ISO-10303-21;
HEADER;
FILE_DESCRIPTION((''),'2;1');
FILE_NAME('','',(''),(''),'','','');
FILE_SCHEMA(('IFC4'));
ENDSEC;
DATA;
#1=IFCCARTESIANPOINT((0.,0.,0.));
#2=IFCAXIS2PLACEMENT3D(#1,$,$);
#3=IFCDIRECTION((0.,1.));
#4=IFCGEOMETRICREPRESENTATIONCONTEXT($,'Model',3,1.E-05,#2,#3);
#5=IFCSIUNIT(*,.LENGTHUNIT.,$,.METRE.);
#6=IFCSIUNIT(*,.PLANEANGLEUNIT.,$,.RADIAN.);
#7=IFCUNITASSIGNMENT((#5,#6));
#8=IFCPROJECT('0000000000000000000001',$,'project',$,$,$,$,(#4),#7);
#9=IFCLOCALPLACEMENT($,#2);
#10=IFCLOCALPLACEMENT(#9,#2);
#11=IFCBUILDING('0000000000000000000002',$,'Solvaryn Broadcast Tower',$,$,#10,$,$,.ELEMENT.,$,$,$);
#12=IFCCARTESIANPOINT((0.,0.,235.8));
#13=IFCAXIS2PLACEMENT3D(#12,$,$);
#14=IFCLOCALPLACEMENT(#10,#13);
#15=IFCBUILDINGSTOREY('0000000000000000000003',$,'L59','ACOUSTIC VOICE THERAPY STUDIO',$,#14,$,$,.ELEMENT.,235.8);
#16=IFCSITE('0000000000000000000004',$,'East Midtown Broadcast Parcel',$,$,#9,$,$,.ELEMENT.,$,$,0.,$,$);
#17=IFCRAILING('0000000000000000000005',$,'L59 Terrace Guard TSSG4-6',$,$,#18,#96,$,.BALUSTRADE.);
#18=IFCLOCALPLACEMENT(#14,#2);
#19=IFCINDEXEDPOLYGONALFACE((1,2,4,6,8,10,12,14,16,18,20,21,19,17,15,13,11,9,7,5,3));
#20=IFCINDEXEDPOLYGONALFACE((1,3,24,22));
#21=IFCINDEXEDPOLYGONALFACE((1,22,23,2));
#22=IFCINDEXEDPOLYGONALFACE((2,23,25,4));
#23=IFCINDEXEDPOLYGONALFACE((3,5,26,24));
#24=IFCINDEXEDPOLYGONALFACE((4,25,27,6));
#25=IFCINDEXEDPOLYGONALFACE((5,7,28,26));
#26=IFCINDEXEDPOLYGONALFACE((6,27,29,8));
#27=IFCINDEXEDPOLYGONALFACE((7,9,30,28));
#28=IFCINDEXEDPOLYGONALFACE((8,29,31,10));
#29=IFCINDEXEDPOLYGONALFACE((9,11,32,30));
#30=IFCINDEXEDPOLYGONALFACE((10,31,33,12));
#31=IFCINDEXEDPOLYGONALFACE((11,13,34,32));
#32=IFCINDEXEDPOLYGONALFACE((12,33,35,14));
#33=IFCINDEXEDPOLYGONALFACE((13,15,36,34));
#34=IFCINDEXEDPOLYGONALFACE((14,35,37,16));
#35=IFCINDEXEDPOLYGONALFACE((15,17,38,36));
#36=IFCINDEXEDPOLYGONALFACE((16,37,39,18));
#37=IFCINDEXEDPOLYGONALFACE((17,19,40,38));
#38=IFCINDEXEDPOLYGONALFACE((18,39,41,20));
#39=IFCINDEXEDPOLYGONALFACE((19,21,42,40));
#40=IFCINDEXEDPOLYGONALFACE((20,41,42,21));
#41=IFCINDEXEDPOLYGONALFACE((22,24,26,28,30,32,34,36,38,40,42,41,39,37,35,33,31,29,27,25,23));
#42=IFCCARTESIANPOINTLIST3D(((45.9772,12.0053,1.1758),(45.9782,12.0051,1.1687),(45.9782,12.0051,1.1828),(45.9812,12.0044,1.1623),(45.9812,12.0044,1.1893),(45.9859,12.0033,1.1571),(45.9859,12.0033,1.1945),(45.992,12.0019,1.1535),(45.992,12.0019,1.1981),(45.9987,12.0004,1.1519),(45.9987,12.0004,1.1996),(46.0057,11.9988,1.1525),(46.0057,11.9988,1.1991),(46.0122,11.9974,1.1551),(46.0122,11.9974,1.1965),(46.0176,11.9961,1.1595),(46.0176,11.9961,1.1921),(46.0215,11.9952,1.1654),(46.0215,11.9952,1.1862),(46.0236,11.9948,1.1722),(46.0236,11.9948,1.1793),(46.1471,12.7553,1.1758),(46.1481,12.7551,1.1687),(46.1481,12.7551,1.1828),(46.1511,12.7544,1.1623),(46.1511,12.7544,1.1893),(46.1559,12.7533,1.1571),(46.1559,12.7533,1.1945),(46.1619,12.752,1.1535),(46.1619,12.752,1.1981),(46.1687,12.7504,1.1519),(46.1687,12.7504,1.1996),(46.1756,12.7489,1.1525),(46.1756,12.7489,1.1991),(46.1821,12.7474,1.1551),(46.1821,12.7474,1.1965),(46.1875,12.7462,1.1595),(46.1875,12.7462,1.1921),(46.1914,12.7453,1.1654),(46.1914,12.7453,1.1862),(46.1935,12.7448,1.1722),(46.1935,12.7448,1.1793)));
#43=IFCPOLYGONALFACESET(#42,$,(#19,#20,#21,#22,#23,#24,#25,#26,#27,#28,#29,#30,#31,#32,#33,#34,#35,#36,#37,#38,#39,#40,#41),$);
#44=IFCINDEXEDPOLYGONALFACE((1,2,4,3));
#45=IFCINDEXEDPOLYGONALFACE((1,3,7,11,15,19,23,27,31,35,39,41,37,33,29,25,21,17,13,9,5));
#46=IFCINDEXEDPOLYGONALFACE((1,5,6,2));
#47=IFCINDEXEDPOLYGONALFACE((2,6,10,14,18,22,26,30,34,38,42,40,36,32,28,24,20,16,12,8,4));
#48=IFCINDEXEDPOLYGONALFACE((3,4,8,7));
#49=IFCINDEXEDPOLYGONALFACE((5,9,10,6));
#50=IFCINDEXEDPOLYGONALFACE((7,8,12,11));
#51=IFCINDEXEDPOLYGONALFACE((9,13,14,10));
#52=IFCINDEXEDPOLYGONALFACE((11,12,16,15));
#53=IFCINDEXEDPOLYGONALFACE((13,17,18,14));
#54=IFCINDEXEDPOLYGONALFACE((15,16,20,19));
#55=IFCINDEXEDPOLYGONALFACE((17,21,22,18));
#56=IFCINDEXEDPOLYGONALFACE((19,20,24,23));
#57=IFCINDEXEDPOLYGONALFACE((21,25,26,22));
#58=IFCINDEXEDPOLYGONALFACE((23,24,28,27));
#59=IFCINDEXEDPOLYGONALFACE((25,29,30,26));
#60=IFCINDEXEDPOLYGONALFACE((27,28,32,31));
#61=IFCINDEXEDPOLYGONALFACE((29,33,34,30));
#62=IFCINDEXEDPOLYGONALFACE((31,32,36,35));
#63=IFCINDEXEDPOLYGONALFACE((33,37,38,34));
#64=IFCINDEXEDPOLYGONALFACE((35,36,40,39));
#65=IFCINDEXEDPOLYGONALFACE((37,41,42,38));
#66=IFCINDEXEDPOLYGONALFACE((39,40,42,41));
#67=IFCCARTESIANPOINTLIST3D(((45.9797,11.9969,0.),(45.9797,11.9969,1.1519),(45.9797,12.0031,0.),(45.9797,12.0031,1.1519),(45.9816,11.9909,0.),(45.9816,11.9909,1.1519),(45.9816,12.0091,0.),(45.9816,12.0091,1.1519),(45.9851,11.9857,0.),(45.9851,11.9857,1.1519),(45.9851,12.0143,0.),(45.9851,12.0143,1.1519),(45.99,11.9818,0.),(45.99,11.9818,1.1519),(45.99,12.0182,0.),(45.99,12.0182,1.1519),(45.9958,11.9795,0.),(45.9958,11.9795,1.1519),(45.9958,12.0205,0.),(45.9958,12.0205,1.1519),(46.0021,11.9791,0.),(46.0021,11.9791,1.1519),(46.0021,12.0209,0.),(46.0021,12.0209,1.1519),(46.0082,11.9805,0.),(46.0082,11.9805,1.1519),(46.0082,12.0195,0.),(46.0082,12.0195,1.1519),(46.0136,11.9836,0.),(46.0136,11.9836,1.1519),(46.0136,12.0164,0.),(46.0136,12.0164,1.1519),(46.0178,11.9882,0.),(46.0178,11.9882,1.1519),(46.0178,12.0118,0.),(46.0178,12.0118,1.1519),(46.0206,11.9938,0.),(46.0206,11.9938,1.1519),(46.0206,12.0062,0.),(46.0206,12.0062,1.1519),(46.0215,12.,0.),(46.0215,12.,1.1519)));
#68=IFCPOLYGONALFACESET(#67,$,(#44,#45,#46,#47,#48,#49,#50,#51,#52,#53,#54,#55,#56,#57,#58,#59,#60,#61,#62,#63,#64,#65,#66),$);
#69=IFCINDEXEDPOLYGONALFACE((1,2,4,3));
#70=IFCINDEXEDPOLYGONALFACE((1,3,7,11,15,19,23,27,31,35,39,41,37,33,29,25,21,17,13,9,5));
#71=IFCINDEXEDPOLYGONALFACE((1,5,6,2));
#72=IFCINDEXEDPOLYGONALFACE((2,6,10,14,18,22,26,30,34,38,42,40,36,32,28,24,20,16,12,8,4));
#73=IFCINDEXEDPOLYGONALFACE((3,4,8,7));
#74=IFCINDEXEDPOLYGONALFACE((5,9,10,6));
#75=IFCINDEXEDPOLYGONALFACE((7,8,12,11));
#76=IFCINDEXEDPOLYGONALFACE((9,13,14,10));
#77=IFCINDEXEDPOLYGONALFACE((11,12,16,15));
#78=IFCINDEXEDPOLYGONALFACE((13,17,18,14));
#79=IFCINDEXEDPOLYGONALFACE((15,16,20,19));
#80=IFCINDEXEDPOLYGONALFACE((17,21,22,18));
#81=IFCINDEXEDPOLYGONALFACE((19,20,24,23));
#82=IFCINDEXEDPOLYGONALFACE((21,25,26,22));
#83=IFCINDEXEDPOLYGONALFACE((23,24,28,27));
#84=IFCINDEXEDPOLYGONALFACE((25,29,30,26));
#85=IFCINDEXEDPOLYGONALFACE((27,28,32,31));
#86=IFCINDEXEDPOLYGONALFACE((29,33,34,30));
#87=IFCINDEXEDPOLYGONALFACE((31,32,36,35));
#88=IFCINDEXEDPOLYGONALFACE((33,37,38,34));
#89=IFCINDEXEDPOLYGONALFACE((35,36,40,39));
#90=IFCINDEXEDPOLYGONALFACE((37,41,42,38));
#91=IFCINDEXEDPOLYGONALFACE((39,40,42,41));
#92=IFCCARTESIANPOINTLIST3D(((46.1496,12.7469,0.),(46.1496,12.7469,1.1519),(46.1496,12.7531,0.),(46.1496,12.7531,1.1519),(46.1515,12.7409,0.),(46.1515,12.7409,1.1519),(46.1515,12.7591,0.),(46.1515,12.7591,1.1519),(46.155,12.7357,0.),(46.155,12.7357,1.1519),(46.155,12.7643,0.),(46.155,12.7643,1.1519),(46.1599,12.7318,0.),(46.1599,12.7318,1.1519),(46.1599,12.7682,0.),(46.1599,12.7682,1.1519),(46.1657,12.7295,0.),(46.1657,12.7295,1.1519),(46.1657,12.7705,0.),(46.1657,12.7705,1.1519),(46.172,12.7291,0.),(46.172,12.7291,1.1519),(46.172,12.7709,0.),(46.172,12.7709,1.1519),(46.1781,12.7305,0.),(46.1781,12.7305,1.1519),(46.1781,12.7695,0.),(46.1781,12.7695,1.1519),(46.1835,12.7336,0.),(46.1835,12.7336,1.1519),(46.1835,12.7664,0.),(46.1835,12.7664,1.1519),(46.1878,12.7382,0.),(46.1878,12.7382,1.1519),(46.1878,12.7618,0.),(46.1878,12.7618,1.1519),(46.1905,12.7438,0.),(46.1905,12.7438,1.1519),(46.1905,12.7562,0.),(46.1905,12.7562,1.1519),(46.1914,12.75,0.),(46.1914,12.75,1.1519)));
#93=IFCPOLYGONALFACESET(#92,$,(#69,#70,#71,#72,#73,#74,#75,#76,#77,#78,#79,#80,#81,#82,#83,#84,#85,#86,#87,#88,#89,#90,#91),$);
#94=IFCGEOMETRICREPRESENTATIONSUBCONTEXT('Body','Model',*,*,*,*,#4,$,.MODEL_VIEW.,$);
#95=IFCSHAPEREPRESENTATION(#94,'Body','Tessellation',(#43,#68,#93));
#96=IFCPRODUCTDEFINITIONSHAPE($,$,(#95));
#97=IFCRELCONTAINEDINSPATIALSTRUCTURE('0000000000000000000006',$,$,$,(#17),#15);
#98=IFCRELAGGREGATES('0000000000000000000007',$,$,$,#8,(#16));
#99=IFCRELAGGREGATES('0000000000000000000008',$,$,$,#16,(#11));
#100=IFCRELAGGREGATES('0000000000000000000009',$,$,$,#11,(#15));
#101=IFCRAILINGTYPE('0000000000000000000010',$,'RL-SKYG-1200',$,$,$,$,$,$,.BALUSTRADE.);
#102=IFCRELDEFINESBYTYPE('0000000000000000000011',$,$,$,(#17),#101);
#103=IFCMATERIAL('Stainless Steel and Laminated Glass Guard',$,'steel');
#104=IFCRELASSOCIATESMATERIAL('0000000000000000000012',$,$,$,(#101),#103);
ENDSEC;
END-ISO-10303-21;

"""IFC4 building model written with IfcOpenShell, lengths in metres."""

from ifc_helpers import new_model, si_unit, direction, frame, origin, origin_2d, place, context, subcontext, project, spatial, circle, extrude, material, type_object, element, save


model = new_model("IFC4")

# Units and contexts
model_context = context("Model", 3, precision=1e-05, world=origin(), true_north=direction((0.0, 1.0)))
body_context = subcontext(model_context, "Body", "Model", "MODEL_VIEW")
ifc_project = project(units=[si_unit("LENGTHUNIT", "METRE"), si_unit("PLANEANGLEUNIT", "RADIAN")], contexts=[model_context])

# Site, building, storey
site_placement = place(None, origin())
site = spatial("IfcSite", under=ifc_project, at=site_placement, Name="East Midtown Broadcast Parcel", CompositionType="ELEMENT", RefElevation=0.0)
building_placement = place(site_placement, origin())
building = spatial("IfcBuilding", under=site, at=building_placement, Name="Solvaryn Broadcast Tower", CompositionType="ELEMENT")
storey_placement = place(building_placement, frame((0.0, 0.0, 235.8)))
storey = spatial("IfcBuildingStorey", under=building, at=storey_placement, Name="L59", Description="ACOUSTIC VOICE THERAPY STUDIO", CompositionType="ELEMENT", Elevation=235.8)

# Railing
ifc_material_1 = material(Name="Stainless Steel and Laminated Glass Guard", Category="steel")
railing_type = type_object("IfcRailingType", Name="RL-SKYG-1200", PredefinedType="BALUSTRADE", material=ifc_material_1)
railing_1_placement = place(storey_placement, frame((46.0005, 12.0, 0.0)))
element("IfcRailing", 1, at=railing_1_placement, inside=storey, type_object=railing_type, Name="L59 Terrace Guard TSSG4-6", PredefinedType="BALUSTRADE", context=body_context, shape_type="SweptSolid", body=[
    extrude(circle(Radius=0.0239, at=origin_2d()), frame((0.0, 0.0, 1.1758), z_axis=(0.220962, 0.975282, 0.0), x_axis=(-0.975282, 0.220962, 0.0)), (0.0, 0.0, 1.0), 0.769),
    extrude(circle(Radius=0.021, at=origin_2d()), origin(), (0.0, 0.0, 1.0), 1.1519),
    extrude(circle(Radius=0.021, at=origin_2d()), frame((0.1699, 0.75, 0.0)), (0.0, 0.0, 1.0), 1.1519),
])

save(model, "model.ifc")
